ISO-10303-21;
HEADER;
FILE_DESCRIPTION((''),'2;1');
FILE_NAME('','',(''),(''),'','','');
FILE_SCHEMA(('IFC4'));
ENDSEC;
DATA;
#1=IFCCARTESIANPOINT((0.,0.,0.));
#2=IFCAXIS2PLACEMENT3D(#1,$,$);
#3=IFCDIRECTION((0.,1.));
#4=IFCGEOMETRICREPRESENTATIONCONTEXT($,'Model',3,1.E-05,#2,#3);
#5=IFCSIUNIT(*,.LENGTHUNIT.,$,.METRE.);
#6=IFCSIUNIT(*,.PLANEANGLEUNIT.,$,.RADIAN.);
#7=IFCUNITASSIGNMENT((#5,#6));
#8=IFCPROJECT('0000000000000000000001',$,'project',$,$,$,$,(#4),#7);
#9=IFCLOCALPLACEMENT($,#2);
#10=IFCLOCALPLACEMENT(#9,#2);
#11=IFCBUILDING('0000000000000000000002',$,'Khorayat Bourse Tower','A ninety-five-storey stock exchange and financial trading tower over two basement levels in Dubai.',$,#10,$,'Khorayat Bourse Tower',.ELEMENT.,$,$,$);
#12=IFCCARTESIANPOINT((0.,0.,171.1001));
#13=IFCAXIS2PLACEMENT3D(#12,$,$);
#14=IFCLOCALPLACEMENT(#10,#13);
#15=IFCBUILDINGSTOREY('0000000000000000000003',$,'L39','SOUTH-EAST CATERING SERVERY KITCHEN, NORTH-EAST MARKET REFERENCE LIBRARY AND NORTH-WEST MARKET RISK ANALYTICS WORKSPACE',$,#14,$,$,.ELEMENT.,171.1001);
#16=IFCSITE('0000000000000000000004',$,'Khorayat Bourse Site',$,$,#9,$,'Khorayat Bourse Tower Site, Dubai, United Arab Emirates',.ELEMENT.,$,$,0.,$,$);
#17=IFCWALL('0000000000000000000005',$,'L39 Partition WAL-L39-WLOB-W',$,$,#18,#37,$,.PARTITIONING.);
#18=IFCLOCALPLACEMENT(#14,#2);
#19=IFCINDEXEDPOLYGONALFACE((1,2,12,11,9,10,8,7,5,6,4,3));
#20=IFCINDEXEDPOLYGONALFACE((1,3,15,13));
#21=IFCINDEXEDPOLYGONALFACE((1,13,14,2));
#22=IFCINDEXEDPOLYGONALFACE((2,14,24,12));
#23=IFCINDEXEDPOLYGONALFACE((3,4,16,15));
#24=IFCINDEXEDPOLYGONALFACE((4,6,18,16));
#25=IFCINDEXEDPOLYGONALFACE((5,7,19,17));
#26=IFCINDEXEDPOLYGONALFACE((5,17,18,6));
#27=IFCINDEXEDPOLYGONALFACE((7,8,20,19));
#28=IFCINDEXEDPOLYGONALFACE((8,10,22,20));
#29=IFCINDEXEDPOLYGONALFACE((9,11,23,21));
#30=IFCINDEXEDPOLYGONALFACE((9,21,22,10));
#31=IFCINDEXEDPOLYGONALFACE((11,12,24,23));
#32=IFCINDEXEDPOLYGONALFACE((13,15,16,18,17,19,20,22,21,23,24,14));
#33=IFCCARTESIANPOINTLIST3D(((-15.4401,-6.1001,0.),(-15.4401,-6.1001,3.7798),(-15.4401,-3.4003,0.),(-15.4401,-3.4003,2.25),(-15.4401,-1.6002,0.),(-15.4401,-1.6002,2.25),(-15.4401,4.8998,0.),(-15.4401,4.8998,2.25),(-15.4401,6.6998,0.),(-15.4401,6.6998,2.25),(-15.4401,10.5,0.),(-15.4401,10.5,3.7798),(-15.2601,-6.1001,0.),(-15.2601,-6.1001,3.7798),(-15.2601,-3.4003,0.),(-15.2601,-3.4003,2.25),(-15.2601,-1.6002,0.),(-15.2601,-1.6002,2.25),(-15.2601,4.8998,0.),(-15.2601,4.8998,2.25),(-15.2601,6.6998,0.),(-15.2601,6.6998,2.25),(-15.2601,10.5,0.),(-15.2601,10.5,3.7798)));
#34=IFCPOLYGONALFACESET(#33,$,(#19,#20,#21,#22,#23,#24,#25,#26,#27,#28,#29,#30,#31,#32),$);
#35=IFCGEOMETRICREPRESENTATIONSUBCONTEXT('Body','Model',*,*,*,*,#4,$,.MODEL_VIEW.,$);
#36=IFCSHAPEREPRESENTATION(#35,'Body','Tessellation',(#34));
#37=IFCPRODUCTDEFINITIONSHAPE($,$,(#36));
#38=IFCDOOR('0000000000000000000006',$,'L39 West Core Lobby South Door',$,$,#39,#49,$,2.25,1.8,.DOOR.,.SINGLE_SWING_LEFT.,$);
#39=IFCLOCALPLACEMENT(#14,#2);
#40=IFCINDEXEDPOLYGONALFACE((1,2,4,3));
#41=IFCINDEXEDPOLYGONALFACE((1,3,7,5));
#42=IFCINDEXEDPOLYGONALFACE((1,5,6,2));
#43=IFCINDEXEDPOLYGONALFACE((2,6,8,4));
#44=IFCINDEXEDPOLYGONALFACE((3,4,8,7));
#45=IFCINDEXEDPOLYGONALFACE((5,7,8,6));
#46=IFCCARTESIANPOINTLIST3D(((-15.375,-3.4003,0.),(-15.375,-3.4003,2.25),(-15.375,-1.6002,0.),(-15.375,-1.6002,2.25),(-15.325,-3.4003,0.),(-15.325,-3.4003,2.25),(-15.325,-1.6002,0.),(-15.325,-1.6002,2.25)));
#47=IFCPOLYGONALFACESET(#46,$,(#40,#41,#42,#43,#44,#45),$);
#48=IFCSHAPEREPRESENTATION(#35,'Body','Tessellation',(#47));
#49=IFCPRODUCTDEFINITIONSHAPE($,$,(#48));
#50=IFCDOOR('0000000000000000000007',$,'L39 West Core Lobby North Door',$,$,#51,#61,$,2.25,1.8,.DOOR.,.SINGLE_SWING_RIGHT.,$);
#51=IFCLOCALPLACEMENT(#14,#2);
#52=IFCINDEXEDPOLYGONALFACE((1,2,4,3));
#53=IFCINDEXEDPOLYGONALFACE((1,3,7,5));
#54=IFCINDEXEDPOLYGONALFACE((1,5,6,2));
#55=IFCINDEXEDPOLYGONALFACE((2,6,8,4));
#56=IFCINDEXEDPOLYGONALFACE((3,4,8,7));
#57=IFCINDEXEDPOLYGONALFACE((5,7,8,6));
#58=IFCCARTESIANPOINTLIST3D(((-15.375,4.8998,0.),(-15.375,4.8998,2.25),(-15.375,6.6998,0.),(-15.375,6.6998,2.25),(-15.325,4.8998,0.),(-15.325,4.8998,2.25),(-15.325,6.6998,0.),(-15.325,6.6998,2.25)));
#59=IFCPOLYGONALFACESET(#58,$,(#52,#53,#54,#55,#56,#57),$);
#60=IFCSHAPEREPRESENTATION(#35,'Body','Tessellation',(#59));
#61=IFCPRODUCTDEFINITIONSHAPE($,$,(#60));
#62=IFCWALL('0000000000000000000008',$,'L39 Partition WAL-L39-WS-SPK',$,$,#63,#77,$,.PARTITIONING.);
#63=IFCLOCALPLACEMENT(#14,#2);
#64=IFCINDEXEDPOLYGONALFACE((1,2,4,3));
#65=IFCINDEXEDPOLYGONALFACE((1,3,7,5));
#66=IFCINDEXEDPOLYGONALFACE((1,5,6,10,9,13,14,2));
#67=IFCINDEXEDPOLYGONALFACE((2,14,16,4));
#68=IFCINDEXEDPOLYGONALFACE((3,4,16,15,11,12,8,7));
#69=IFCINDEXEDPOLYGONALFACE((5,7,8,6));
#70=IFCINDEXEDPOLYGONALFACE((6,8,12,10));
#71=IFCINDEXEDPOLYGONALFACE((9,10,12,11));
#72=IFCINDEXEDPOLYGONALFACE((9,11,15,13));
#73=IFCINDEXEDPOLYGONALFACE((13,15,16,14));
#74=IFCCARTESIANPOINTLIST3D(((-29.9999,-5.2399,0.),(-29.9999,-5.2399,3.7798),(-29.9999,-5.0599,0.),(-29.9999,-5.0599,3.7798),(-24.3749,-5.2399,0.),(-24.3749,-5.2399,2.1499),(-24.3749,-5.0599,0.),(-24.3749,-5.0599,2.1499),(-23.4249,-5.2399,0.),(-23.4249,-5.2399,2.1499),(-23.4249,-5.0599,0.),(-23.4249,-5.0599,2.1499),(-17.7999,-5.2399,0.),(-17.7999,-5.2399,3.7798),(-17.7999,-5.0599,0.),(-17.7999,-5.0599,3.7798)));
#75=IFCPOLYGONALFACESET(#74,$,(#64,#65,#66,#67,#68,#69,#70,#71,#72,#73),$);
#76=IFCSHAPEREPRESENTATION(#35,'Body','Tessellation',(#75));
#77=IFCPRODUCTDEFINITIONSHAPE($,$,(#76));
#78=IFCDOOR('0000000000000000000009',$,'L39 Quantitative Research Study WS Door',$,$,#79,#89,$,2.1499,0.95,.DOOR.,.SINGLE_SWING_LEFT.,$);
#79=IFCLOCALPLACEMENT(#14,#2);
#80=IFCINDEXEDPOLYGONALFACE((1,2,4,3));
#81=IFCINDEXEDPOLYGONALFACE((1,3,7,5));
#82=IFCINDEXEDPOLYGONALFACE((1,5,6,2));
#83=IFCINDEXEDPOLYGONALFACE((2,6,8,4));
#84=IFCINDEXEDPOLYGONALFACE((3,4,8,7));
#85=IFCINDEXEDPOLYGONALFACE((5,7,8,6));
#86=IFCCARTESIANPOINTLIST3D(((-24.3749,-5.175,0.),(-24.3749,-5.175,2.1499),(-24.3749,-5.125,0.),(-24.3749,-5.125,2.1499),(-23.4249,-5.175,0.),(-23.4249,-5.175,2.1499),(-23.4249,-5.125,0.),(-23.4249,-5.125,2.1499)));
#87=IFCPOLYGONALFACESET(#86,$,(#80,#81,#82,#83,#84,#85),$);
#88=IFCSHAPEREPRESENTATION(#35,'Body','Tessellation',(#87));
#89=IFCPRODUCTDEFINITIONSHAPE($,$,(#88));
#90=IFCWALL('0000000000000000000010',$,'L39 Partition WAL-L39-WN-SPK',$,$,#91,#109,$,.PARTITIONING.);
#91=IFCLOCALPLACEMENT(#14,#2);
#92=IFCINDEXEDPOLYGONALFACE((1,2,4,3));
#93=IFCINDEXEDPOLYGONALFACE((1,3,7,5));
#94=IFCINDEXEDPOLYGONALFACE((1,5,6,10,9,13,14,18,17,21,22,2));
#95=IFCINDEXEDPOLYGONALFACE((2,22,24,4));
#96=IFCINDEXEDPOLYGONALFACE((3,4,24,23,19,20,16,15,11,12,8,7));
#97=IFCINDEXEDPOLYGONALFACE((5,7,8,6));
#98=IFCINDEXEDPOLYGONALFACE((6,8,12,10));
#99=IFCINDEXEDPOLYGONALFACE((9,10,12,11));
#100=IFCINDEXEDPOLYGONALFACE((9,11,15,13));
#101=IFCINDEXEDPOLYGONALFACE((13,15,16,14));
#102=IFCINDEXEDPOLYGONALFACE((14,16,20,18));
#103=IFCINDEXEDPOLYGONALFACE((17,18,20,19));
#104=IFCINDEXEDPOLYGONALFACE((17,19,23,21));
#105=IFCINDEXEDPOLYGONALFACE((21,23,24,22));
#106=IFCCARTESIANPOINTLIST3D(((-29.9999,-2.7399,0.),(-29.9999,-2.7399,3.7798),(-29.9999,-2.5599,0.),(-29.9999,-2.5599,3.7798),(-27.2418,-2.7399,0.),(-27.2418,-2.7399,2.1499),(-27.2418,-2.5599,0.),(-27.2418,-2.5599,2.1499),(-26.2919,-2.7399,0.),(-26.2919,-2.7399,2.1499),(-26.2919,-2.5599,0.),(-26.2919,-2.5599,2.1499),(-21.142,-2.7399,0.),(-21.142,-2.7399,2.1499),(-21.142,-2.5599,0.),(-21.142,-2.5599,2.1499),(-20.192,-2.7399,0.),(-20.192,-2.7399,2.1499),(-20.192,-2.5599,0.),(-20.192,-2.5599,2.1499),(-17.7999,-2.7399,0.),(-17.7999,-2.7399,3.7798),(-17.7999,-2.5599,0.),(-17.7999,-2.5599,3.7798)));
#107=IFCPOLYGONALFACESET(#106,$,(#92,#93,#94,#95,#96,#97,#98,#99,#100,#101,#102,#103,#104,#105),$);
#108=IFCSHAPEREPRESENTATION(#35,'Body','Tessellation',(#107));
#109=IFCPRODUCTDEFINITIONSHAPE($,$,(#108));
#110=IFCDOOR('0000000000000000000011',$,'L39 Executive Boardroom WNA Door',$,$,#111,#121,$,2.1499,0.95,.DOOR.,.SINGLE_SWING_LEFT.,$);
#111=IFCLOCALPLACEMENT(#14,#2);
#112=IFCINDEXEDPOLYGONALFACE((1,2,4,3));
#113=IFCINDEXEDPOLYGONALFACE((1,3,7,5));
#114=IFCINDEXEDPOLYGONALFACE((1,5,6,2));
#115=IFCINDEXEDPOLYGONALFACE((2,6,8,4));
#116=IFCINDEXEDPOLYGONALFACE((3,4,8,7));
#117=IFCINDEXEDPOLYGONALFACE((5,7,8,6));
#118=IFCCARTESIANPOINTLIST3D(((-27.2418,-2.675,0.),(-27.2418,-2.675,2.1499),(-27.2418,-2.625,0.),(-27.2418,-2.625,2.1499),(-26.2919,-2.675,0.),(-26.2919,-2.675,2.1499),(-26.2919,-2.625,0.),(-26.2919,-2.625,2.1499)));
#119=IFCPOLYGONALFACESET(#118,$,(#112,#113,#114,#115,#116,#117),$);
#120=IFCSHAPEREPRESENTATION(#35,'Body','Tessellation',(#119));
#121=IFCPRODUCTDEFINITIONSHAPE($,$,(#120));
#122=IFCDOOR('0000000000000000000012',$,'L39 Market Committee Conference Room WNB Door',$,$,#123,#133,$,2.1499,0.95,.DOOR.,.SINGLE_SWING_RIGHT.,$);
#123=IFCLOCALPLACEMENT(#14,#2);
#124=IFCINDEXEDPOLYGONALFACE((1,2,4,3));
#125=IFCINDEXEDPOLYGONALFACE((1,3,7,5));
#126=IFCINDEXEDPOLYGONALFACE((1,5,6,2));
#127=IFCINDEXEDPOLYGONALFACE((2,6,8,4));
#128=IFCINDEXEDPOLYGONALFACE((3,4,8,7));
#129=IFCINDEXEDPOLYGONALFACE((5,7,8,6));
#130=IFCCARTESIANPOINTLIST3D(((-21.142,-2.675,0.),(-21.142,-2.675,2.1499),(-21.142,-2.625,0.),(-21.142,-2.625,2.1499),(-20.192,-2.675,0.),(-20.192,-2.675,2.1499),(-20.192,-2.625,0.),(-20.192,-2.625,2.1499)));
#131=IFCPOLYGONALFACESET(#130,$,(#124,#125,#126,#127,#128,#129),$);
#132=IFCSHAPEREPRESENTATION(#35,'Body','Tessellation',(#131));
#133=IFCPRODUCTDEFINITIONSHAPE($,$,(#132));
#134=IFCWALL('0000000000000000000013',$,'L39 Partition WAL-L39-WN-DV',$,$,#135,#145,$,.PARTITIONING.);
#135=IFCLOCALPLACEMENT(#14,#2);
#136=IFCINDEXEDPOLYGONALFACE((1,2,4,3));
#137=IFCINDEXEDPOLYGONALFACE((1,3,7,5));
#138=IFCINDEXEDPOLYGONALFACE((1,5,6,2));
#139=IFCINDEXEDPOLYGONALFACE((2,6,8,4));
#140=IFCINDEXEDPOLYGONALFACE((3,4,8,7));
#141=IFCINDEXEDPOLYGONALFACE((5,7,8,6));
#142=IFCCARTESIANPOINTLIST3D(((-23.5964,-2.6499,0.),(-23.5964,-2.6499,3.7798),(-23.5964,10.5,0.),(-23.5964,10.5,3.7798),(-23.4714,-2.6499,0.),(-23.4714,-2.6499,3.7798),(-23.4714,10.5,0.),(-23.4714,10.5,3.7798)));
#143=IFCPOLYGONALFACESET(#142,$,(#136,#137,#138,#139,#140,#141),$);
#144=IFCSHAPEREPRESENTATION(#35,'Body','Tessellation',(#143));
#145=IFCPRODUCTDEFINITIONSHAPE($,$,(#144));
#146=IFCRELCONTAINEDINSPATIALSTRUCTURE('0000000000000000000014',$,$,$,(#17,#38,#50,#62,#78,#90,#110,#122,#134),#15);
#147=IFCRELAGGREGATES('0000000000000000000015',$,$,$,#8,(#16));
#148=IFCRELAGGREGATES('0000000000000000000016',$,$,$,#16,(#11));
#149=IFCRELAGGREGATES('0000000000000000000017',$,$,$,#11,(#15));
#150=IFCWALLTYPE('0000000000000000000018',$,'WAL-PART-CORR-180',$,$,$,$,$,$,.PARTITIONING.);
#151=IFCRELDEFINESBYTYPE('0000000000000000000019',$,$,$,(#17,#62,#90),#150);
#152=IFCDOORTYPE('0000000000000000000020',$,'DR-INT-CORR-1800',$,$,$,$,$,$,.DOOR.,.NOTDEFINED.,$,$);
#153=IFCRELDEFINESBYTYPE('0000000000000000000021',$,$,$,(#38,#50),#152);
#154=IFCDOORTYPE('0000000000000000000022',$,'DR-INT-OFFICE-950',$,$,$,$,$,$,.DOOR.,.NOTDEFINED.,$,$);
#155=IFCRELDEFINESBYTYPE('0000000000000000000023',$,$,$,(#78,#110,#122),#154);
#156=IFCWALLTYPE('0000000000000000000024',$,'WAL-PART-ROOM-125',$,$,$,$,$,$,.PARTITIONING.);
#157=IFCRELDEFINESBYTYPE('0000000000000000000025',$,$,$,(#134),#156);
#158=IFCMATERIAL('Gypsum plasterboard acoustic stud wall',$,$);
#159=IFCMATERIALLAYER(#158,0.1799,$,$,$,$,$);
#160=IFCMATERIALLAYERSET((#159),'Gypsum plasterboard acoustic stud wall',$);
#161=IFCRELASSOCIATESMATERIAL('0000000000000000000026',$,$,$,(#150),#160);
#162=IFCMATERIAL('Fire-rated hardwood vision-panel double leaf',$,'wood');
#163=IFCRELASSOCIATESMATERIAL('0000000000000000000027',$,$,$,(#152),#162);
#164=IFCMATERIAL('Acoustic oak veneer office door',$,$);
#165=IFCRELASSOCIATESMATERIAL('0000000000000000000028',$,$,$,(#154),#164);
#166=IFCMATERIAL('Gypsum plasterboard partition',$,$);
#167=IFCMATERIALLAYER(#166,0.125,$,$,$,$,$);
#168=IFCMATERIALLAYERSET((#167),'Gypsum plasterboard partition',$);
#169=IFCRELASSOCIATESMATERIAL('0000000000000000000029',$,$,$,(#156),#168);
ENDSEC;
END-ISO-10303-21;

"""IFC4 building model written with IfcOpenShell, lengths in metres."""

from ifc_helpers import new_model, si_unit, direction, frame, frame_2d, origin, place, context, subcontext, project, spatial, rectangle, extrude, source, transform, mapped, material, layer, layer_set, type_object, element, fill, save


model = new_model("IFC4")

# Units and contexts
model_context = context("Model", 3, precision=1e-05, world=origin(), true_north=direction((0.0, 1.0)))
body_context = subcontext(model_context, "Body", "Model", "MODEL_VIEW")
ifc_project = project(units=[si_unit("LENGTHUNIT", "METRE"), si_unit("PLANEANGLEUNIT", "RADIAN")], contexts=[model_context])

# Site, building, storey
site_placement = place(None, origin())
site = spatial("IfcSite", under=ifc_project, at=site_placement, Name="Khorayat Bourse Site", LongName="Khorayat Bourse Tower Site, Dubai, United Arab Emirates", CompositionType="ELEMENT", RefElevation=0.0)
building_placement = place(site_placement, origin())
building = spatial("IfcBuilding", under=site, at=building_placement, Name="Khorayat Bourse Tower", Description="A ninety-five-storey stock exchange and financial trading tower over two basement levels in Dubai.", LongName="Khorayat Bourse Tower", CompositionType="ELEMENT")
storey_placement = place(building_placement, frame((0.0, 0.0, 171.1001)))
storey = spatial("IfcBuildingStorey", under=building, at=storey_placement, Name="L39", Description="SOUTH-EAST CATERING SERVERY KITCHEN, NORTH-EAST MARKET REFERENCE LIBRARY AND NORTH-WEST MARKET RISK ANALYTICS WORKSPACE", CompositionType="ELEMENT", Elevation=171.1001)

# Wall, openings, doors
ifc_material_1 = material(Name="Gypsum plasterboard acoustic stud wall")
ifc_layer_1 = layer(ifc_material_1, 0.1799)
ifc_layer_set_1 = layer_set([ifc_layer_1], Name="Gypsum plasterboard acoustic stud wall")
wall_type_1 = type_object("IfcWallType", Name="WAL-PART-CORR-180", PredefinedType="PARTITIONING", material=ifc_layer_set_1)
shared_shape_1 = source(origin(), body_context, "Body", "SweptSolid", [
    extrude(rectangle(XDim=16.6001, YDim=0.1799, at=frame_2d((8.3, 0.0))), origin(), (0.0, 0.0, 1.0), 3.7798),
])
wall_1_placement = place(storey_placement, frame((-15.3501, -6.1001, 0.0), z_axis=(0.0, 0.0, 1.0), x_axis=(0.0, 1.0, 0.0)))
wall_1 = element("IfcWall", 1, at=wall_1_placement, inside=storey, type_object=wall_type_1, Name="L39 Partition WAL-L39-WLOB-W", PredefinedType="PARTITIONING", context=body_context, shape_type="MappedRepresentation", body=[
    mapped(shared_shape_1, transform((0.0, 0.0, 0.0), scale=1.0)),
])
shared_shape_2 = source(origin(), body_context, "Body", "SweptSolid", [
    extrude(rectangle(XDim=1.8, YDim=2.25, at=frame_2d((0.8999, 1.125))), frame((0.0, 0.0999, 0.0), z_axis=(0.0, -1.0, 0.0), x_axis=(1.0, 0.0, 0.0)), (0.0, 0.0, 1.0), 0.2),
])
opening_1_placement = place(wall_1_placement, frame((2.7, 0.0, 0.0)))
opening_1 = element("IfcOpeningElement", 2, at=opening_1_placement, cuts=wall_1, PredefinedType="OPENING", context=body_context, shape_type="MappedRepresentation", body=[
    mapped(shared_shape_2, transform((0.0, 0.0, 0.0), scale=1.0)),
])
opening_2_placement = place(wall_1_placement, frame((11.0, 0.0, 0.0)))
opening_2 = element("IfcOpeningElement", 3, at=opening_2_placement, cuts=wall_1, PredefinedType="OPENING", context=body_context, shape_type="MappedRepresentation", body=[
    mapped(shared_shape_2, transform((0.0, 0.0, 0.0), scale=1.0)),
])
ifc_material_2 = material(Name="Fire-rated hardwood vision-panel double leaf", Category="wood")
door_type_1 = type_object("IfcDoorType", Name="DR-INT-CORR-1800", OperationType="NOTDEFINED", PredefinedType="DOOR", material=ifc_material_2)
shared_shape_3 = source(origin(), body_context, "Body", "SweptSolid", [
    extrude(rectangle(XDim=1.8, YDim=2.25, at=frame_2d((0.8999, 1.125))), frame((0.0, 0.0249, 0.0), z_axis=(0.0, -1.0, 0.0), x_axis=(1.0, 0.0, 0.0)), (0.0, 0.0, 1.0), 0.05),
])
door_1_placement = place(opening_1_placement, origin())
door_1 = element("IfcDoor", 4, at=door_1_placement, inside=storey, type_object=door_type_1, Name="L39 West Core Lobby South Door", OperationType="SINGLE_SWING_LEFT", OverallHeight=2.25, OverallWidth=1.8, PredefinedType="DOOR", context=body_context, shape_type="MappedRepresentation", body=[
    mapped(shared_shape_3, transform((0.0, 0.0, 0.0), scale=1.0)),
])
fill(opening_1, door_1)
door_2_placement = place(opening_2_placement, origin())
door_2 = element("IfcDoor", 5, at=door_2_placement, inside=storey, type_object=door_type_1, Name="L39 West Core Lobby North Door", OperationType="SINGLE_SWING_RIGHT", OverallHeight=2.25, OverallWidth=1.8, PredefinedType="DOOR", context=body_context, shape_type="MappedRepresentation", body=[
    mapped(shared_shape_3, transform((0.0, 0.0, 0.0), scale=1.0)),
])
fill(opening_2, door_2)

# Wall, opening, door
shared_shape_4 = source(origin(), body_context, "Body", "SweptSolid", [
    extrude(rectangle(XDim=12.2, YDim=0.1799, at=frame_2d((6.1001, 0.0))), origin(), (0.0, 0.0, 1.0), 3.7798),
])
wall_2_placement = place(storey_placement, frame((-30.0, -5.1499, 0.0), z_axis=(0.0, 0.0, 1.0), x_axis=(1.0, 0.0, 0.0)))
wall_2 = element("IfcWall", 6, at=wall_2_placement, inside=storey, type_object=wall_type_1, Name="L39 Partition WAL-L39-WS-SPK", PredefinedType="PARTITIONING", context=body_context, shape_type="MappedRepresentation", body=[
    mapped(shared_shape_4, transform((0.0, 0.0, 0.0), scale=1.0)),
])
shared_shape_5 = source(origin(), body_context, "Body", "SweptSolid", [
    extrude(rectangle(XDim=0.95, YDim=2.1499, at=frame_2d((0.4751, 1.075))), frame((0.0, 0.0999, 0.0), z_axis=(0.0, -1.0, 0.0), x_axis=(1.0, 0.0, 0.0)), (0.0, 0.0, 1.0), 0.2),
])
opening_3_placement = place(wall_2_placement, frame((5.625, 0.0, 0.0)))
opening_3 = element("IfcOpeningElement", 7, at=opening_3_placement, cuts=wall_2, PredefinedType="OPENING", context=body_context, shape_type="MappedRepresentation", body=[
    mapped(shared_shape_5, transform((0.0, 0.0, 0.0), scale=1.0)),
])
ifc_material_3 = material(Name="Acoustic oak veneer office door")
door_type_2 = type_object("IfcDoorType", Name="DR-INT-OFFICE-950", OperationType="NOTDEFINED", PredefinedType="DOOR", material=ifc_material_3)
shared_shape_6 = source(origin(), body_context, "Body", "SweptSolid", [
    extrude(rectangle(XDim=0.95, YDim=2.1499, at=frame_2d((0.4751, 1.075))), frame((0.0, 0.0249, 0.0), z_axis=(0.0, -1.0, 0.0), x_axis=(1.0, 0.0, 0.0)), (0.0, 0.0, 1.0), 0.05),
])
door_3_placement = place(opening_3_placement, origin())
door_3 = element("IfcDoor", 8, at=door_3_placement, inside=storey, type_object=door_type_2, Name="L39 Quantitative Research Study WS Door", OperationType="SINGLE_SWING_LEFT", OverallHeight=2.1499, OverallWidth=0.95, PredefinedType="DOOR", context=body_context, shape_type="MappedRepresentation", body=[
    mapped(shared_shape_6, transform((0.0, 0.0, 0.0), scale=1.0)),
])
fill(opening_3, door_3)

# Wall, openings, doors
wall_3_placement = place(storey_placement, frame((-30.0, -2.6499, 0.0), z_axis=(0.0, 0.0, 1.0), x_axis=(1.0, 0.0, 0.0)))
wall_3 = element("IfcWall", 9, at=wall_3_placement, inside=storey, type_object=wall_type_1, Name="L39 Partition WAL-L39-WN-SPK", PredefinedType="PARTITIONING", context=body_context, shape_type="MappedRepresentation", body=[
    mapped(shared_shape_4, transform((0.0, 0.0, 0.0), scale=1.0)),
])
opening_4_placement = place(wall_3_placement, frame((2.7581, 0.0, 0.0)))
opening_4 = element("IfcOpeningElement", 10, at=opening_4_placement, cuts=wall_3, PredefinedType="OPENING", context=body_context, shape_type="MappedRepresentation", body=[
    mapped(shared_shape_5, transform((0.0, 0.0, 0.0), scale=1.0)),
])
opening_5_placement = place(wall_3_placement, frame((8.8579, 0.0, 0.0)))
opening_5 = element("IfcOpeningElement", 11, at=opening_5_placement, cuts=wall_3, PredefinedType="OPENING", context=body_context, shape_type="MappedRepresentation", body=[
    mapped(shared_shape_5, transform((0.0, 0.0, 0.0), scale=1.0)),
])
door_4_placement = place(opening_4_placement, origin())
door_4 = element("IfcDoor", 12, at=door_4_placement, inside=storey, type_object=door_type_2, Name="L39 Executive Boardroom WNA Door", OperationType="SINGLE_SWING_LEFT", OverallHeight=2.1499, OverallWidth=0.95, PredefinedType="DOOR", context=body_context, shape_type="MappedRepresentation", body=[
    mapped(shared_shape_6, transform((0.0, 0.0, 0.0), scale=1.0)),
])
fill(opening_4, door_4)
door_5_placement = place(opening_5_placement, origin())
door_5 = element("IfcDoor", 13, at=door_5_placement, inside=storey, type_object=door_type_2, Name="L39 Market Committee Conference Room WNB Door", OperationType="SINGLE_SWING_RIGHT", OverallHeight=2.1499, OverallWidth=0.95, PredefinedType="DOOR", context=body_context, shape_type="MappedRepresentation", body=[
    mapped(shared_shape_6, transform((0.0, 0.0, 0.0), scale=1.0)),
])
fill(opening_5, door_5)

# Wall
ifc_material_4 = material(Name="Gypsum plasterboard partition")
ifc_layer_2 = layer(ifc_material_4, 0.125)
ifc_layer_set_2 = layer_set([ifc_layer_2], Name="Gypsum plasterboard partition")
wall_type_2 = type_object("IfcWallType", Name="WAL-PART-ROOM-125", PredefinedType="PARTITIONING", material=ifc_layer_set_2)
shared_shape_7 = source(origin(), body_context, "Body", "SweptSolid", [
    extrude(rectangle(XDim=13.1499, YDim=0.125, at=frame_2d((6.575, 0.0))), origin(), (0.0, 0.0, 1.0), 3.7798),
])
wall_4_placement = place(storey_placement, frame((-23.5339, -2.6499, 0.0), z_axis=(0.0, 0.0, 1.0), x_axis=(0.0, 1.0, 0.0)))
element("IfcWall", 14, at=wall_4_placement, inside=storey, type_object=wall_type_2, Name="L39 Partition WAL-L39-WN-DV", PredefinedType="PARTITIONING", context=body_context, shape_type="MappedRepresentation", body=[
    mapped(shared_shape_7, transform((0.0, 0.0, 0.0), scale=1.0)),
])

save(model, "model.ifc")
